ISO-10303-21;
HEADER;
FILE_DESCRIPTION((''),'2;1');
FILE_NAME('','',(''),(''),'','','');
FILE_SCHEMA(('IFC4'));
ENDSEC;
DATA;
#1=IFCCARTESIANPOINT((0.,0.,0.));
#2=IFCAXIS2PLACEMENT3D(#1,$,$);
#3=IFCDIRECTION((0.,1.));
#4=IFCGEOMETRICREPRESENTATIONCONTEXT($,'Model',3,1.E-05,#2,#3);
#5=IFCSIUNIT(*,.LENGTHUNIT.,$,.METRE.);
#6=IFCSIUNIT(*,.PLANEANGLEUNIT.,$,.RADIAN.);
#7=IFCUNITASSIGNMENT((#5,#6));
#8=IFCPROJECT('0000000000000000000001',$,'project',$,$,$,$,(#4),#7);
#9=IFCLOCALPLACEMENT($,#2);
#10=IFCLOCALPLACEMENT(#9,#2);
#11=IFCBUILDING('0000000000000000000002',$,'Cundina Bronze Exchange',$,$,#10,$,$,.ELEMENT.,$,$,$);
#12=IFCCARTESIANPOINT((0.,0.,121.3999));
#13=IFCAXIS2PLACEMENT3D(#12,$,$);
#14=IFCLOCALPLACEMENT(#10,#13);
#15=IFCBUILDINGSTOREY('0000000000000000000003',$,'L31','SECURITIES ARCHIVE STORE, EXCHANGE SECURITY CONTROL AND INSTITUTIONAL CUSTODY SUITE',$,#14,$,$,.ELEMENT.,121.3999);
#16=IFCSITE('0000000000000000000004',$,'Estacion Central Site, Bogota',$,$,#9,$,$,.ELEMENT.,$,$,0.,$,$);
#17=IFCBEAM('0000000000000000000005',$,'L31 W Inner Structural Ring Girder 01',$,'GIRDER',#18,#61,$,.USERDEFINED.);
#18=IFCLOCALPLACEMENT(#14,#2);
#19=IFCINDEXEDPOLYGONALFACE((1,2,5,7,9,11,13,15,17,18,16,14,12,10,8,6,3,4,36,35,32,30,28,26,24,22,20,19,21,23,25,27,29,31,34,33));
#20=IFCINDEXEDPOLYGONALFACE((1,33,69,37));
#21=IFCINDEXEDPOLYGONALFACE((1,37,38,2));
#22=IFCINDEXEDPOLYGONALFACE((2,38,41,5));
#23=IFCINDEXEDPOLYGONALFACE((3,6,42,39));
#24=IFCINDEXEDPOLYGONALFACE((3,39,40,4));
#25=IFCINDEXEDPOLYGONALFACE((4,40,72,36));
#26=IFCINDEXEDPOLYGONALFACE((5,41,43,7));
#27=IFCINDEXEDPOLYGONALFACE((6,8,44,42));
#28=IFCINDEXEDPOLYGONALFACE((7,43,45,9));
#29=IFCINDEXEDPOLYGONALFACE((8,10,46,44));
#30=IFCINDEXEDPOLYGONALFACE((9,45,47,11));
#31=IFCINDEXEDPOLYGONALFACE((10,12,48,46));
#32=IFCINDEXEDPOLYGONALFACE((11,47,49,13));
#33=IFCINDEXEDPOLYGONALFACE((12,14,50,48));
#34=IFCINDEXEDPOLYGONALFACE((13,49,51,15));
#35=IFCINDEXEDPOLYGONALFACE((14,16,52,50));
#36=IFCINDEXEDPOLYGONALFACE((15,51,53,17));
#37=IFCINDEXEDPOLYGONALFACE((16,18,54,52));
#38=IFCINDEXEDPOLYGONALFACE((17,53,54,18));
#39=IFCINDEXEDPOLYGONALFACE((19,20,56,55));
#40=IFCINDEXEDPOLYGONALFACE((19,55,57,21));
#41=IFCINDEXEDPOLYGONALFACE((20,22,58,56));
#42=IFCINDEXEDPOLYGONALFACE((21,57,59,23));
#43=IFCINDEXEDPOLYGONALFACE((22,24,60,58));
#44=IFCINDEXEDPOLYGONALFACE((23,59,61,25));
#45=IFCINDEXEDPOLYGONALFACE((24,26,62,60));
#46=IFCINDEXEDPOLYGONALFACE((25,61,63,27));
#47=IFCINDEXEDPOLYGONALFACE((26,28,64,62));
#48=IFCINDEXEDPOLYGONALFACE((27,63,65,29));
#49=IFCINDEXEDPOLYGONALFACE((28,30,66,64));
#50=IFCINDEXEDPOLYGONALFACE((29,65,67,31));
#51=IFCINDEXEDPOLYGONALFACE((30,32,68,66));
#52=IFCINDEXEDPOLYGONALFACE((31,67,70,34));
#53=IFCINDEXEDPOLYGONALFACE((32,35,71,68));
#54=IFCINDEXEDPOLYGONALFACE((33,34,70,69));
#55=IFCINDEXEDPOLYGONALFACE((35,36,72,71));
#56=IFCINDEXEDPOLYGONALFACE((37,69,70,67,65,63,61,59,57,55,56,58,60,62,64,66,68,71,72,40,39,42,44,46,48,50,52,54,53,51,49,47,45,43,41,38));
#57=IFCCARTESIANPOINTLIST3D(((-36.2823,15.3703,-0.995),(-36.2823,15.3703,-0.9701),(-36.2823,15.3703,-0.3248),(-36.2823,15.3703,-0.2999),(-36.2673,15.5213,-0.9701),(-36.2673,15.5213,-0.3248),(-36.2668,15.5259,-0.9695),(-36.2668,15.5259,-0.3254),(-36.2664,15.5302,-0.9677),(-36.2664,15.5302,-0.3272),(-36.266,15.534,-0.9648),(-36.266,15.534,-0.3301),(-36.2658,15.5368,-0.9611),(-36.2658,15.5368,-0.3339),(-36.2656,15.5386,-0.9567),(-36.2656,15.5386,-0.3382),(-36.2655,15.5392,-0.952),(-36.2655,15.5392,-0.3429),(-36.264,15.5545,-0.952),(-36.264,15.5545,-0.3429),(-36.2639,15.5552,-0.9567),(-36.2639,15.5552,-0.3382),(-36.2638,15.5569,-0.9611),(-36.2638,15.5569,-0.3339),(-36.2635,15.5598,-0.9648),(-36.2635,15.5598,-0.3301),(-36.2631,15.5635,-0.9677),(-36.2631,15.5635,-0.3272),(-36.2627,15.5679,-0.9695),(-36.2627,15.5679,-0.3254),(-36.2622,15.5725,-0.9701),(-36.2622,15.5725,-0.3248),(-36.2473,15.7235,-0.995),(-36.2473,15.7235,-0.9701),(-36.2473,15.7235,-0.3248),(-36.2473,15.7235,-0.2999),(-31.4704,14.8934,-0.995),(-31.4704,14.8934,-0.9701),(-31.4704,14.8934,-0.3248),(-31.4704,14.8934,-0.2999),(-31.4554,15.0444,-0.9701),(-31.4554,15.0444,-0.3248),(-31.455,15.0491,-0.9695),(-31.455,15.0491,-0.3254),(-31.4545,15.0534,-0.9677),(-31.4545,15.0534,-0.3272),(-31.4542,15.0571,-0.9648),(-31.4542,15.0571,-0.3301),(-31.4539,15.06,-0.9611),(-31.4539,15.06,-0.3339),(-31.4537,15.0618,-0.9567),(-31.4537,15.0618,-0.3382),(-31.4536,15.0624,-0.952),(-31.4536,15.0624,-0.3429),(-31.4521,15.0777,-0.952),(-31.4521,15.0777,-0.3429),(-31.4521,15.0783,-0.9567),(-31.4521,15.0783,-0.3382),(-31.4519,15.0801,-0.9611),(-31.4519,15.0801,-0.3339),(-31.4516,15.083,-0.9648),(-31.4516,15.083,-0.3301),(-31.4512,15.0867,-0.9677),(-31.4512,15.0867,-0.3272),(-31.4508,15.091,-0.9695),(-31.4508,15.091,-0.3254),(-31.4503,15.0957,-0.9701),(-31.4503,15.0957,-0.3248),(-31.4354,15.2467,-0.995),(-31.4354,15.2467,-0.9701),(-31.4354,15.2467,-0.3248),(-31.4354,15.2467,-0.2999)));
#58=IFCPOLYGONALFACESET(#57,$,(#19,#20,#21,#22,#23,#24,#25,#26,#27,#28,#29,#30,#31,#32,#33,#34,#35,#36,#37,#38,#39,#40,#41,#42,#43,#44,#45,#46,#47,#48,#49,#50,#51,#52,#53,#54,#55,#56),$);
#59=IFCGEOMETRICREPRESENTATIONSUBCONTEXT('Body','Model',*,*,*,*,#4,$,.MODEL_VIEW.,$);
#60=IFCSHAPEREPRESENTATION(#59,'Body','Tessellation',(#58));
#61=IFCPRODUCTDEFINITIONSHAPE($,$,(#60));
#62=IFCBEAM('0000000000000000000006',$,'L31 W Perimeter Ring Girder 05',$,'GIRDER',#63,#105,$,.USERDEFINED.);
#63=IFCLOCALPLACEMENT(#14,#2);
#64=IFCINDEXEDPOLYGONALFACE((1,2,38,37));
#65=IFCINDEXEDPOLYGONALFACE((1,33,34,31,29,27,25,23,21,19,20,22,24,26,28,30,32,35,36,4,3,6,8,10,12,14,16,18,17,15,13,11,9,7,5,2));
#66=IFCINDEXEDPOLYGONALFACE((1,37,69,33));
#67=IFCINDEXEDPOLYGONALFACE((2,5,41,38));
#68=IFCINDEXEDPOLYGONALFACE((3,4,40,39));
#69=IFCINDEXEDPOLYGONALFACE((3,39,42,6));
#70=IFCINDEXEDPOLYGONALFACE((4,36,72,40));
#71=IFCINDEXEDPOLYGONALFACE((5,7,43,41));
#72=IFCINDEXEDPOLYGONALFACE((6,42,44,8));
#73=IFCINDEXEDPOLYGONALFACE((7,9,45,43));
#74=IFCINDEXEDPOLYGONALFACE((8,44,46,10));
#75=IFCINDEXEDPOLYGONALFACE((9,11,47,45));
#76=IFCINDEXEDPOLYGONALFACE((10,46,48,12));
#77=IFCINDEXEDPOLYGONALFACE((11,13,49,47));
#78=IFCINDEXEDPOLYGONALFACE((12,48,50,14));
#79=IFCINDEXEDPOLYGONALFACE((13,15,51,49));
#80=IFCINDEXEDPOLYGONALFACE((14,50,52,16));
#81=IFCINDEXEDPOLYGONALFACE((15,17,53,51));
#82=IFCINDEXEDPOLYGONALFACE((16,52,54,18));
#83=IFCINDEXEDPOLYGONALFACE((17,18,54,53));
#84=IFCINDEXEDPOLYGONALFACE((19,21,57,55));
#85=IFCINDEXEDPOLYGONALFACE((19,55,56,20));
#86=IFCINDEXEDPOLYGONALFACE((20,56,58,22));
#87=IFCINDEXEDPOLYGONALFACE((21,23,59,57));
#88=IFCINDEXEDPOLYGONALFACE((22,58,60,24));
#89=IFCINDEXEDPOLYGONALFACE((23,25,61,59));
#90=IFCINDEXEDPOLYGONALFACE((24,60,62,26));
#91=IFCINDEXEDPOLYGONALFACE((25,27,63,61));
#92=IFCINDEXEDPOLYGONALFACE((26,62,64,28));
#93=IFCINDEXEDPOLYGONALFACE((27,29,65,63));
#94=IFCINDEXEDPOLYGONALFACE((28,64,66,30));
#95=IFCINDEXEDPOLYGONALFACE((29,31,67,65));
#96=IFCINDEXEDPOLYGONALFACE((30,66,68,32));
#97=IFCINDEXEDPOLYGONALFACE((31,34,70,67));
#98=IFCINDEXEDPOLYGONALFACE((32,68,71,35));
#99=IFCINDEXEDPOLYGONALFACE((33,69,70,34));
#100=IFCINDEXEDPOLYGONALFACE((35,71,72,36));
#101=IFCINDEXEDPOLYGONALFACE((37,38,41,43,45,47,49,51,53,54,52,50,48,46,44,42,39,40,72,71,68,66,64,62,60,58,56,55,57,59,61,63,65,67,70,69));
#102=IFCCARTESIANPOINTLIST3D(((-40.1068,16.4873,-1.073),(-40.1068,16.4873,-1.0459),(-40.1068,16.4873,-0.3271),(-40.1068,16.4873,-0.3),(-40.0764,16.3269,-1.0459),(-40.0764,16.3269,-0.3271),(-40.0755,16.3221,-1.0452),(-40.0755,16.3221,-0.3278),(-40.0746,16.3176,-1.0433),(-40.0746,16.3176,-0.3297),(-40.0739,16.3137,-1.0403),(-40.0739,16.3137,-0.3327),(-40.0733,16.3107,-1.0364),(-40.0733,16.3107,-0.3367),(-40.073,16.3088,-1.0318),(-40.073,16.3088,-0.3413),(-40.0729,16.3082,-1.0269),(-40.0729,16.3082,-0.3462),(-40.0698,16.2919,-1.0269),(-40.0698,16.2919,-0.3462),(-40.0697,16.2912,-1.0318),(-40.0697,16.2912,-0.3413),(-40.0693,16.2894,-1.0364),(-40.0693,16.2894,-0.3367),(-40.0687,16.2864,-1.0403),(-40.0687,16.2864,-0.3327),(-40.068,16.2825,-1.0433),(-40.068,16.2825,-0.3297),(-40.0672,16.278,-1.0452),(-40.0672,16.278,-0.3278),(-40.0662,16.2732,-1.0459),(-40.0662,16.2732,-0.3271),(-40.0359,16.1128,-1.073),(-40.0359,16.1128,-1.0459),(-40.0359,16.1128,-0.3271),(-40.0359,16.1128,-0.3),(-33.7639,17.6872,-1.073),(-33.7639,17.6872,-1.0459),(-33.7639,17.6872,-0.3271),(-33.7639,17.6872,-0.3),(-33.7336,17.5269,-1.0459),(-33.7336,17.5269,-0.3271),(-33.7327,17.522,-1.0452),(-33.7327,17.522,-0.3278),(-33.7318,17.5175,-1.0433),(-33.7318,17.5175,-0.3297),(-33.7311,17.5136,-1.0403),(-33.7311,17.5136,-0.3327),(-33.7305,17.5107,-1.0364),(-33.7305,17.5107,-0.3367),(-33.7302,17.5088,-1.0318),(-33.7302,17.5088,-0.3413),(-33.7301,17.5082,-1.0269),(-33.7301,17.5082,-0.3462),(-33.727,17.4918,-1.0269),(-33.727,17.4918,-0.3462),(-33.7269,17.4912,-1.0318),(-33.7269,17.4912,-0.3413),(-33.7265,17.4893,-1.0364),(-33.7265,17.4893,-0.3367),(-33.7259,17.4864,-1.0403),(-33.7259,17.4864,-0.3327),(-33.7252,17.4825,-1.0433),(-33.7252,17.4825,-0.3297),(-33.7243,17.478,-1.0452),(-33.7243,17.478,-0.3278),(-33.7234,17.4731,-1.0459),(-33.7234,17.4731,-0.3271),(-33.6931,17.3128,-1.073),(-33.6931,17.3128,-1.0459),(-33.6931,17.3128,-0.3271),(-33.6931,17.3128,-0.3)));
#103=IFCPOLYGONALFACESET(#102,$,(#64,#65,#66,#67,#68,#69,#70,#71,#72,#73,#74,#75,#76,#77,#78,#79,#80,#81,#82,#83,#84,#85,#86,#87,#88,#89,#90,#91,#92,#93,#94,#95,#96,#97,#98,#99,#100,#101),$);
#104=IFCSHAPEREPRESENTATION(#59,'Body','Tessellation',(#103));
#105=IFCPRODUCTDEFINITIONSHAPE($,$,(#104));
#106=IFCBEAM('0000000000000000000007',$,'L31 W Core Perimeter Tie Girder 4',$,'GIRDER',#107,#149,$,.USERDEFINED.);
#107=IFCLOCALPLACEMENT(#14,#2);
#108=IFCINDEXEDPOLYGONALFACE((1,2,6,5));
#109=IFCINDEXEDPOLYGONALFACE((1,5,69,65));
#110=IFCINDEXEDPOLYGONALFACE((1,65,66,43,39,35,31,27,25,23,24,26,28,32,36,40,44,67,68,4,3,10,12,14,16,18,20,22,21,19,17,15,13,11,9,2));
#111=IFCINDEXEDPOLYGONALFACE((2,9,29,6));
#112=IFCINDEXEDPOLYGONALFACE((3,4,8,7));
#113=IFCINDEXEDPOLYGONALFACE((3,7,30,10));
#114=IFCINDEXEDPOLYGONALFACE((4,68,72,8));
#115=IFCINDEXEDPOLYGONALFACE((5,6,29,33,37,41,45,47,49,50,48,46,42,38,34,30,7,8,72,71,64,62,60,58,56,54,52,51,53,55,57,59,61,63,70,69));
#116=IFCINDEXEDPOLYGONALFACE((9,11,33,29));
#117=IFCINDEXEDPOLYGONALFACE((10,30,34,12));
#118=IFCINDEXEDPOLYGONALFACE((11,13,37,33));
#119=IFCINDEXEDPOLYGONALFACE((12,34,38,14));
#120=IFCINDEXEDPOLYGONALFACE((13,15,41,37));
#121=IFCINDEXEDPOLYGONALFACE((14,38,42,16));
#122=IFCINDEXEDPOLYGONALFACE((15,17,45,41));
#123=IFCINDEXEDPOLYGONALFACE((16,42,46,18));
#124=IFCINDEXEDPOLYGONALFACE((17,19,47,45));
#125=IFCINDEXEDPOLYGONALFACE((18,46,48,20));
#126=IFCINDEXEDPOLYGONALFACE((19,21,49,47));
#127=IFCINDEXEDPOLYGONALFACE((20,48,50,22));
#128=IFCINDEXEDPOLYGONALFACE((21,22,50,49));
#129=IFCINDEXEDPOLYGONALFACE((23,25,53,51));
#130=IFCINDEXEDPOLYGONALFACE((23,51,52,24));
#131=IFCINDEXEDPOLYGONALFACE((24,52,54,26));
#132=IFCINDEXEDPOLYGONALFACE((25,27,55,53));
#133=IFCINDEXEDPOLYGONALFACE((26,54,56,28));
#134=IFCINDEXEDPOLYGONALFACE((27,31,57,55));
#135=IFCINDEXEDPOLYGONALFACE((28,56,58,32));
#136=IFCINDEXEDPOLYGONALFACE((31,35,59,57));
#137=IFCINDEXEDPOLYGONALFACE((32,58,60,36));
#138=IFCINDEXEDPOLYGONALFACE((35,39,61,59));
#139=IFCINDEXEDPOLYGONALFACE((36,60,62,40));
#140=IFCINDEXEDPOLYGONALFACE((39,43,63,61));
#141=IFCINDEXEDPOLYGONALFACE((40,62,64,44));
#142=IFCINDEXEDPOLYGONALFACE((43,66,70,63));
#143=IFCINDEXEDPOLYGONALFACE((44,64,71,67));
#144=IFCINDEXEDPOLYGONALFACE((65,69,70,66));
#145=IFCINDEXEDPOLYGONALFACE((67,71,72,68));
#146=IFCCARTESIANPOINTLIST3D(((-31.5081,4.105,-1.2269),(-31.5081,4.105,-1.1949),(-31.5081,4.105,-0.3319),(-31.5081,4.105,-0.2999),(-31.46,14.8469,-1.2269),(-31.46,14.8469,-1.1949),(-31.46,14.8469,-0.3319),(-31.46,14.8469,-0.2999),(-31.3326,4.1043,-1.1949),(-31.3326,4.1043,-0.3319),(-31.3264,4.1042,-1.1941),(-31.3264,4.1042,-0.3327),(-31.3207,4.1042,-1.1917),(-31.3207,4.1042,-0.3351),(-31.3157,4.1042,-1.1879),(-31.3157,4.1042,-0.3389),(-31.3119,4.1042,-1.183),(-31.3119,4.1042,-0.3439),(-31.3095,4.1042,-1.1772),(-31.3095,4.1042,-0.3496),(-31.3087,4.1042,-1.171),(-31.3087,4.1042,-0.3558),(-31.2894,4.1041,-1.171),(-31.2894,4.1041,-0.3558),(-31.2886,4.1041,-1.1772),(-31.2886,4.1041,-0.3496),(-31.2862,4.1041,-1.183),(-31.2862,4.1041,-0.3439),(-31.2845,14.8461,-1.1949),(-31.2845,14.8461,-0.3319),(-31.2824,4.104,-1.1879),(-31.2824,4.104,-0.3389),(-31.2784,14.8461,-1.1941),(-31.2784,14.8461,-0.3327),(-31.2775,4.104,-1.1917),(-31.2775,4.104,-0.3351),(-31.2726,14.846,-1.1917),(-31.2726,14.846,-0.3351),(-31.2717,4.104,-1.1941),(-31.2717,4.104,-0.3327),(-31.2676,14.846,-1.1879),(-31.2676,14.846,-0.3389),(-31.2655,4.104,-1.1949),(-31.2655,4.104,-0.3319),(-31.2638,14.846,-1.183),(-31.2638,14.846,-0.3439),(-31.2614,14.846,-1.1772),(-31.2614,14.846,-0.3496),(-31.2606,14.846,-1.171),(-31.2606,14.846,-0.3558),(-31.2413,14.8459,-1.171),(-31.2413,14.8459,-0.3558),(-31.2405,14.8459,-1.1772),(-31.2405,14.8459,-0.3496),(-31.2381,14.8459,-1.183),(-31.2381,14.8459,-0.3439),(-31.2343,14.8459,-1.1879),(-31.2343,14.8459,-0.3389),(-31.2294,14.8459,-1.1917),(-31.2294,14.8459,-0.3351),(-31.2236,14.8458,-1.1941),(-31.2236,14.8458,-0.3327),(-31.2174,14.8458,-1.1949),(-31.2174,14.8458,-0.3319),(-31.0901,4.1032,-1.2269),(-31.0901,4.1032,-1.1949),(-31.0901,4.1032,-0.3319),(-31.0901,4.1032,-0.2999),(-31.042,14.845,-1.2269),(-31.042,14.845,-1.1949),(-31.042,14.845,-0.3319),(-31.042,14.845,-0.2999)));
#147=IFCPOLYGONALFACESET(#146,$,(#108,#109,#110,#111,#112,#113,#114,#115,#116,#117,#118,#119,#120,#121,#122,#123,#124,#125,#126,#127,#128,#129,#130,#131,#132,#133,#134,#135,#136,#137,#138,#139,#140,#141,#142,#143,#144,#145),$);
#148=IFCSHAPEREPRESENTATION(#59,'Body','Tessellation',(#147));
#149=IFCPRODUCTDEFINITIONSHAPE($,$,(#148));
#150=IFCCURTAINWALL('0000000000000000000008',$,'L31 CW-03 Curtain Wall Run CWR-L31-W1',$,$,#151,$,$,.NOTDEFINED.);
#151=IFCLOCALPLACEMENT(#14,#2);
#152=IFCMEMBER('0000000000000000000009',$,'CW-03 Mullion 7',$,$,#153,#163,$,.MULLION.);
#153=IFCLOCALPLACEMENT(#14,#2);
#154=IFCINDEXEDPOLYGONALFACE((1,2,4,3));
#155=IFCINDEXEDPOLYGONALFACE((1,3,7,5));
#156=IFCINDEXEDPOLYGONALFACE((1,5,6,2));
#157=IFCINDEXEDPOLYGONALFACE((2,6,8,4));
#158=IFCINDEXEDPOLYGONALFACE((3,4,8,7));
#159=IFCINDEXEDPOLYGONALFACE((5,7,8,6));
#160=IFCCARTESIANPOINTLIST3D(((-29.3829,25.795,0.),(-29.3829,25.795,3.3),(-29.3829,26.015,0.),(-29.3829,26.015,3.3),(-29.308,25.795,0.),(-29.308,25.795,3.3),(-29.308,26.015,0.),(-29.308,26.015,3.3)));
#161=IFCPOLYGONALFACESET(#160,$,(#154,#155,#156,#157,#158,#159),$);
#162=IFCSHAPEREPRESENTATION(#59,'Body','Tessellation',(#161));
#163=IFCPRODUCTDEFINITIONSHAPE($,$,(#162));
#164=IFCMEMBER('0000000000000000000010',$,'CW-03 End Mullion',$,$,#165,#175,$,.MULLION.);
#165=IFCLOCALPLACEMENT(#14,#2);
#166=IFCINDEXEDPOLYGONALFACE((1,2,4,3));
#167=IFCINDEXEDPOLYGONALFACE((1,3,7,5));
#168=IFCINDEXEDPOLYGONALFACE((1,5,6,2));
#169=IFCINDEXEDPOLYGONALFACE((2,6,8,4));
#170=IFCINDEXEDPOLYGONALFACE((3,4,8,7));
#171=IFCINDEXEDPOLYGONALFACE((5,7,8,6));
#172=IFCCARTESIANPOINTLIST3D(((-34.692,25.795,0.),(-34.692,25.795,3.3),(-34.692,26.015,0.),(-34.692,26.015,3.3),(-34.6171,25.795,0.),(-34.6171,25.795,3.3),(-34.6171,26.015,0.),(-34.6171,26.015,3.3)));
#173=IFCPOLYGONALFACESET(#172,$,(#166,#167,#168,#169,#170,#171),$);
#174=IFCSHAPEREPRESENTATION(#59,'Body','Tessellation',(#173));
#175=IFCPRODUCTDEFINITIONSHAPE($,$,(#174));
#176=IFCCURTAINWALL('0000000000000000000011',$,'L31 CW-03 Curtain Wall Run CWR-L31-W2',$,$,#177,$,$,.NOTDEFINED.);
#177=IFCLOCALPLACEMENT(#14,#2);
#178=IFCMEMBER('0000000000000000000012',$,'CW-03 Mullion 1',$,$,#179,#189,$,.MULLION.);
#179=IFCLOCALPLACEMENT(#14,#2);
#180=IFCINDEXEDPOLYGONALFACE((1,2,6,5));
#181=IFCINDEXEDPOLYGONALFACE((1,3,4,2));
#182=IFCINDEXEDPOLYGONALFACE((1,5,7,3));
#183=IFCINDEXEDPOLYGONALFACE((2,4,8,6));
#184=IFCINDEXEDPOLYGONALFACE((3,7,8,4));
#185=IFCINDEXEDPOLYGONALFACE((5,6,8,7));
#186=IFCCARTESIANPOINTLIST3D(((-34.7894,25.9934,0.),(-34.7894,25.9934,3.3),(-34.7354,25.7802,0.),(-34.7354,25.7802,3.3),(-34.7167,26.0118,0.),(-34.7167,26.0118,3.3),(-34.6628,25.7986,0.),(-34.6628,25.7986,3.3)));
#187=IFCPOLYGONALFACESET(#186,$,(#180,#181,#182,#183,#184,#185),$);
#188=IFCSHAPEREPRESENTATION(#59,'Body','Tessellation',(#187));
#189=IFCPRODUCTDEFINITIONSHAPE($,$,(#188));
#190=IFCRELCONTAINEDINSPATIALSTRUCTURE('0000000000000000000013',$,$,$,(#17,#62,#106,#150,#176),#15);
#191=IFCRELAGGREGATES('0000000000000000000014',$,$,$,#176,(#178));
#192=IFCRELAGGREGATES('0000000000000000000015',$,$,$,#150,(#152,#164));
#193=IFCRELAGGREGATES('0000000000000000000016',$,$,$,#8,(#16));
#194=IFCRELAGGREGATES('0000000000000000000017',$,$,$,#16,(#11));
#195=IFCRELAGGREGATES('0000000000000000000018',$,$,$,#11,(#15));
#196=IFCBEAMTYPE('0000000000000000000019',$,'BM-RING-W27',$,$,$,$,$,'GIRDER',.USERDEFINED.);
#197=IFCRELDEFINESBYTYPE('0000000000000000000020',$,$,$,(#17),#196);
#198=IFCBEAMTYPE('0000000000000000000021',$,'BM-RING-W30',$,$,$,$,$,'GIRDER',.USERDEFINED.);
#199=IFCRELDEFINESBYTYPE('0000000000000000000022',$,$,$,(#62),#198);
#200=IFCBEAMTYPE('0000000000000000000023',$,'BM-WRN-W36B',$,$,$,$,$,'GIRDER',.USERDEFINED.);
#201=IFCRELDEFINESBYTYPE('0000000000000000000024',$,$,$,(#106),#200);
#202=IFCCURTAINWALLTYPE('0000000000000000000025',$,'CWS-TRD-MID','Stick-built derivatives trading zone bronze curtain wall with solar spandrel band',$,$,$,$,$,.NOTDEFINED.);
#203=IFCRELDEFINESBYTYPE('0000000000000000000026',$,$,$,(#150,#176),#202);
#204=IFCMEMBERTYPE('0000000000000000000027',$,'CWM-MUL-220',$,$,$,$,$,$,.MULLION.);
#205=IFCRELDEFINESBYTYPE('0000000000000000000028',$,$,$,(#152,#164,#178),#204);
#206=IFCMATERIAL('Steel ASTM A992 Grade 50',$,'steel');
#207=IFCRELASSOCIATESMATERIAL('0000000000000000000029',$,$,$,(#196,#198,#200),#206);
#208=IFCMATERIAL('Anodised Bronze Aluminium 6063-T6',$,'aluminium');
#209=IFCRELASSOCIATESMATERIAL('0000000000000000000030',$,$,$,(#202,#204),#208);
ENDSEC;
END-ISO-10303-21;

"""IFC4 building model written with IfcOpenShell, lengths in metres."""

from ifc_helpers import new_model, si_unit, direction, frame, origin, origin_2d, place, context, subcontext, project, spatial, rectangle, i_section, extrude, material, material_profile, profile_set, type_object, element, aggregate, save


model = new_model("IFC4")

# Units and contexts
model_context = context("Model", 3, precision=1e-05, world=origin(), true_north=direction((0.0, 1.0)))
body_context = subcontext(model_context, "Body", "Model", "MODEL_VIEW")
ifc_project = project(units=[si_unit("LENGTHUNIT", "METRE"), si_unit("PLANEANGLEUNIT", "RADIAN")], contexts=[model_context])

# Site, building, storey
site_placement = place(None, origin())
site = spatial("IfcSite", under=ifc_project, at=site_placement, Name="Estacion Central Site, Bogota", CompositionType="ELEMENT", RefElevation=0.0)
building_placement = place(site_placement, origin())
building = spatial("IfcBuilding", under=site, at=building_placement, Name="Cundina Bronze Exchange", CompositionType="ELEMENT")
storey_placement = place(building_placement, frame((0.0, 0.0, 121.3999)))
storey = spatial("IfcBuildingStorey", under=building, at=storey_placement, Name="L31", Description="SECURITIES ARCHIVE STORE, EXCHANGE SECURITY CONTROL AND INSTITUTIONAL CUSTODY SUITE", CompositionType="ELEMENT", Elevation=121.3999)

# Shared definitions
ifc_material_1 = material(Name="Steel ASTM A992 Grade 50", Category="steel")

# Beams
ifc_material_profile_1 = material_profile(ifc_material_1, i_section(OverallWidth=0.355, OverallDepth=0.6951, WebThickness=0.0154, FlangeThickness=0.0249, FilletRadius=0.0181, at=origin_2d()), Name="W27X146", Category="steel")
ifc_profile_set_1 = profile_set([ifc_material_profile_1], Name="Steel ASTM A992 Grade 50")
beam_type_1 = type_object("IfcBeamType", Name="BM-RING-W27", ElementType="GIRDER", PredefinedType="USERDEFINED", material=ifc_profile_set_1)
beam_1_placement = place(storey_placement, frame((-31.4529, 15.0701, -0.6475), z_axis=(-0.995126, 0.098609, 0.0), x_axis=(-0.098609, -0.995126, 0.0)))
element("IfcBeam", 1, at=beam_1_placement, inside=storey, type_object=beam_type_1, Name="L31 W Inner Structural Ring Girder 01", ObjectType="GIRDER", PredefinedType="USERDEFINED", context=body_context, shape_type="SweptSolid", body=[
    extrude(i_section(OverallWidth=0.355, OverallDepth=0.6951, WebThickness=0.0154, FlangeThickness=0.0249, FilletRadius=0.0181, at=origin_2d()), origin(), (0.0, 0.0, 1.0), 4.8354),
])
ifc_material_profile_2 = material_profile(ifc_material_1, i_section(OverallWidth=0.3811, OverallDepth=0.7729, WebThickness=0.0166, FlangeThickness=0.0271, FilletRadius=0.019, at=origin_2d()), Name="W30X173", Category="steel")
ifc_profile_set_2 = profile_set([ifc_material_profile_2], Name="Steel ASTM A992 Grade 50")
beam_type_2 = type_object("IfcBeamType", Name="BM-RING-W30", ElementType="GIRDER", PredefinedType="USERDEFINED", material=ifc_profile_set_2)
beam_2_placement = place(storey_placement, frame((-33.7285, 17.5, -0.6865), z_axis=(-0.982571, -0.185887, 0.0), x_axis=(0.185887, -0.982571, 0.0)))
element("IfcBeam", 2, at=beam_2_placement, inside=storey, type_object=beam_type_2, Name="L31 W Perimeter Ring Girder 05", ObjectType="GIRDER", PredefinedType="USERDEFINED", context=body_context, shape_type="SweptSolid", body=[
    extrude(i_section(OverallWidth=0.3811, OverallDepth=0.7729, WebThickness=0.0166, FlangeThickness=0.0271, FilletRadius=0.019, at=origin_2d()), origin(), (0.0, 0.0, 1.0), 6.4553),
])
ifc_material_profile_3 = material_profile(ifc_material_1, i_section(OverallWidth=0.418, OverallDepth=0.927, WebThickness=0.0193, FlangeThickness=0.032, FilletRadius=0.0239, at=origin_2d()), Name="W36X231", Category="steel")
ifc_profile_set_3 = profile_set([ifc_material_profile_3], Name="Steel ASTM A992 Grade 50")
beam_type_3 = type_object("IfcBeamType", Name="BM-WRN-W36B", ElementType="GIRDER", PredefinedType="USERDEFINED", material=ifc_profile_set_3)
beam_3_placement = place(storey_placement, frame((-31.251, 14.8459, -0.7634), z_axis=(-0.004477, -0.99999, 0.0), x_axis=(0.99999, -0.004477, 0.0)))
element("IfcBeam", 3, at=beam_3_placement, inside=storey, type_object=beam_type_3, Name="L31 W Core Perimeter Tie Girder 4", ObjectType="GIRDER", PredefinedType="USERDEFINED", context=body_context, shape_type="SweptSolid", body=[
    extrude(i_section(OverallWidth=0.418, OverallDepth=0.927, WebThickness=0.0193, FlangeThickness=0.032, FilletRadius=0.0239, at=origin_2d()), origin(), (0.0, 0.0, 1.0), 10.7419),
])

# Curtain wall, members
ifc_material_2 = material(Name="Anodised Bronze Aluminium 6063-T6", Category="aluminium")
curtain_wall_type = type_object("IfcCurtainWallType", Name="CWS-TRD-MID", Description="Stick-built derivatives trading zone bronze curtain wall with solar spandrel band", PredefinedType="NOTDEFINED", material=ifc_material_2)
curtain_wall_1_placement = place(storey_placement, origin())
curtain_wall_1 = element("IfcCurtainWall", 4, at=curtain_wall_1_placement, inside=storey, type_object=curtain_wall_type, Name="L31 CW-03 Curtain Wall Run CWR-L31-W1", PredefinedType="NOTDEFINED")
ifc_material_profile_4 = material_profile(ifc_material_2, rectangle(XDim=0.075, YDim=0.22, at=origin_2d()), Name="AL75X220", Category="aluminium")
ifc_profile_set_4 = profile_set([ifc_material_profile_4], Name="Anodised Bronze Aluminium 6063-T6")
member_type_1 = type_object("IfcMemberType", Name="CWM-MUL-220", PredefinedType="MULLION", material=ifc_profile_set_4)
member_1_placement = place(storey_placement, frame((-29.3455, 25.905, 0.0), z_axis=(0.0, 0.0, 1.0), x_axis=(-1.0, 0.0, 0.0)))
member_1 = element("IfcMember", 5, at=member_1_placement, type_object=member_type_1, Name="CW-03 Mullion 7", PredefinedType="MULLION", context=body_context, shape_type="SweptSolid", body=[
    extrude(rectangle(XDim=0.075, YDim=0.22, at=origin_2d()), origin(), (0.0, 0.0, 1.0), 3.3),
])
member_2_placement = place(storey_placement, frame((-34.6545, 25.905, 0.0), z_axis=(0.0, 0.0, 1.0), x_axis=(-1.0, 0.0, 0.0)))
member_2 = element("IfcMember", 6, at=member_2_placement, type_object=member_type_1, Name="CW-03 End Mullion", PredefinedType="MULLION", context=body_context, shape_type="SweptSolid", body=[
    extrude(rectangle(XDim=0.075, YDim=0.22, at=origin_2d()), origin(), (0.0, 0.0, 1.0), 3.3),
])

# Curtain wall, member
curtain_wall_2_placement = place(storey_placement, origin())
curtain_wall_2 = element("IfcCurtainWall", 7, at=curtain_wall_2_placement, inside=storey, type_object=curtain_wall_type, Name="L31 CW-03 Curtain Wall Run CWR-L31-W2", PredefinedType="NOTDEFINED")
member_3_placement = place(storey_placement, frame((-34.7261, 25.896, 0.0), z_axis=(0.0, 0.0, 1.0), x_axis=(-0.969488, -0.245138, 0.0)))
member_3 = element("IfcMember", 8, at=member_3_placement, type_object=member_type_1, Name="CW-03 Mullion 1", PredefinedType="MULLION", context=body_context, shape_type="SweptSolid", body=[
    extrude(rectangle(XDim=0.075, YDim=0.22, at=origin_2d()), origin(), (0.0, 0.0, 1.0), 3.3),
])

aggregate(curtain_wall_2, [member_3])

aggregate(curtain_wall_1, [member_1, member_2])

save(model, "model.ifc")
